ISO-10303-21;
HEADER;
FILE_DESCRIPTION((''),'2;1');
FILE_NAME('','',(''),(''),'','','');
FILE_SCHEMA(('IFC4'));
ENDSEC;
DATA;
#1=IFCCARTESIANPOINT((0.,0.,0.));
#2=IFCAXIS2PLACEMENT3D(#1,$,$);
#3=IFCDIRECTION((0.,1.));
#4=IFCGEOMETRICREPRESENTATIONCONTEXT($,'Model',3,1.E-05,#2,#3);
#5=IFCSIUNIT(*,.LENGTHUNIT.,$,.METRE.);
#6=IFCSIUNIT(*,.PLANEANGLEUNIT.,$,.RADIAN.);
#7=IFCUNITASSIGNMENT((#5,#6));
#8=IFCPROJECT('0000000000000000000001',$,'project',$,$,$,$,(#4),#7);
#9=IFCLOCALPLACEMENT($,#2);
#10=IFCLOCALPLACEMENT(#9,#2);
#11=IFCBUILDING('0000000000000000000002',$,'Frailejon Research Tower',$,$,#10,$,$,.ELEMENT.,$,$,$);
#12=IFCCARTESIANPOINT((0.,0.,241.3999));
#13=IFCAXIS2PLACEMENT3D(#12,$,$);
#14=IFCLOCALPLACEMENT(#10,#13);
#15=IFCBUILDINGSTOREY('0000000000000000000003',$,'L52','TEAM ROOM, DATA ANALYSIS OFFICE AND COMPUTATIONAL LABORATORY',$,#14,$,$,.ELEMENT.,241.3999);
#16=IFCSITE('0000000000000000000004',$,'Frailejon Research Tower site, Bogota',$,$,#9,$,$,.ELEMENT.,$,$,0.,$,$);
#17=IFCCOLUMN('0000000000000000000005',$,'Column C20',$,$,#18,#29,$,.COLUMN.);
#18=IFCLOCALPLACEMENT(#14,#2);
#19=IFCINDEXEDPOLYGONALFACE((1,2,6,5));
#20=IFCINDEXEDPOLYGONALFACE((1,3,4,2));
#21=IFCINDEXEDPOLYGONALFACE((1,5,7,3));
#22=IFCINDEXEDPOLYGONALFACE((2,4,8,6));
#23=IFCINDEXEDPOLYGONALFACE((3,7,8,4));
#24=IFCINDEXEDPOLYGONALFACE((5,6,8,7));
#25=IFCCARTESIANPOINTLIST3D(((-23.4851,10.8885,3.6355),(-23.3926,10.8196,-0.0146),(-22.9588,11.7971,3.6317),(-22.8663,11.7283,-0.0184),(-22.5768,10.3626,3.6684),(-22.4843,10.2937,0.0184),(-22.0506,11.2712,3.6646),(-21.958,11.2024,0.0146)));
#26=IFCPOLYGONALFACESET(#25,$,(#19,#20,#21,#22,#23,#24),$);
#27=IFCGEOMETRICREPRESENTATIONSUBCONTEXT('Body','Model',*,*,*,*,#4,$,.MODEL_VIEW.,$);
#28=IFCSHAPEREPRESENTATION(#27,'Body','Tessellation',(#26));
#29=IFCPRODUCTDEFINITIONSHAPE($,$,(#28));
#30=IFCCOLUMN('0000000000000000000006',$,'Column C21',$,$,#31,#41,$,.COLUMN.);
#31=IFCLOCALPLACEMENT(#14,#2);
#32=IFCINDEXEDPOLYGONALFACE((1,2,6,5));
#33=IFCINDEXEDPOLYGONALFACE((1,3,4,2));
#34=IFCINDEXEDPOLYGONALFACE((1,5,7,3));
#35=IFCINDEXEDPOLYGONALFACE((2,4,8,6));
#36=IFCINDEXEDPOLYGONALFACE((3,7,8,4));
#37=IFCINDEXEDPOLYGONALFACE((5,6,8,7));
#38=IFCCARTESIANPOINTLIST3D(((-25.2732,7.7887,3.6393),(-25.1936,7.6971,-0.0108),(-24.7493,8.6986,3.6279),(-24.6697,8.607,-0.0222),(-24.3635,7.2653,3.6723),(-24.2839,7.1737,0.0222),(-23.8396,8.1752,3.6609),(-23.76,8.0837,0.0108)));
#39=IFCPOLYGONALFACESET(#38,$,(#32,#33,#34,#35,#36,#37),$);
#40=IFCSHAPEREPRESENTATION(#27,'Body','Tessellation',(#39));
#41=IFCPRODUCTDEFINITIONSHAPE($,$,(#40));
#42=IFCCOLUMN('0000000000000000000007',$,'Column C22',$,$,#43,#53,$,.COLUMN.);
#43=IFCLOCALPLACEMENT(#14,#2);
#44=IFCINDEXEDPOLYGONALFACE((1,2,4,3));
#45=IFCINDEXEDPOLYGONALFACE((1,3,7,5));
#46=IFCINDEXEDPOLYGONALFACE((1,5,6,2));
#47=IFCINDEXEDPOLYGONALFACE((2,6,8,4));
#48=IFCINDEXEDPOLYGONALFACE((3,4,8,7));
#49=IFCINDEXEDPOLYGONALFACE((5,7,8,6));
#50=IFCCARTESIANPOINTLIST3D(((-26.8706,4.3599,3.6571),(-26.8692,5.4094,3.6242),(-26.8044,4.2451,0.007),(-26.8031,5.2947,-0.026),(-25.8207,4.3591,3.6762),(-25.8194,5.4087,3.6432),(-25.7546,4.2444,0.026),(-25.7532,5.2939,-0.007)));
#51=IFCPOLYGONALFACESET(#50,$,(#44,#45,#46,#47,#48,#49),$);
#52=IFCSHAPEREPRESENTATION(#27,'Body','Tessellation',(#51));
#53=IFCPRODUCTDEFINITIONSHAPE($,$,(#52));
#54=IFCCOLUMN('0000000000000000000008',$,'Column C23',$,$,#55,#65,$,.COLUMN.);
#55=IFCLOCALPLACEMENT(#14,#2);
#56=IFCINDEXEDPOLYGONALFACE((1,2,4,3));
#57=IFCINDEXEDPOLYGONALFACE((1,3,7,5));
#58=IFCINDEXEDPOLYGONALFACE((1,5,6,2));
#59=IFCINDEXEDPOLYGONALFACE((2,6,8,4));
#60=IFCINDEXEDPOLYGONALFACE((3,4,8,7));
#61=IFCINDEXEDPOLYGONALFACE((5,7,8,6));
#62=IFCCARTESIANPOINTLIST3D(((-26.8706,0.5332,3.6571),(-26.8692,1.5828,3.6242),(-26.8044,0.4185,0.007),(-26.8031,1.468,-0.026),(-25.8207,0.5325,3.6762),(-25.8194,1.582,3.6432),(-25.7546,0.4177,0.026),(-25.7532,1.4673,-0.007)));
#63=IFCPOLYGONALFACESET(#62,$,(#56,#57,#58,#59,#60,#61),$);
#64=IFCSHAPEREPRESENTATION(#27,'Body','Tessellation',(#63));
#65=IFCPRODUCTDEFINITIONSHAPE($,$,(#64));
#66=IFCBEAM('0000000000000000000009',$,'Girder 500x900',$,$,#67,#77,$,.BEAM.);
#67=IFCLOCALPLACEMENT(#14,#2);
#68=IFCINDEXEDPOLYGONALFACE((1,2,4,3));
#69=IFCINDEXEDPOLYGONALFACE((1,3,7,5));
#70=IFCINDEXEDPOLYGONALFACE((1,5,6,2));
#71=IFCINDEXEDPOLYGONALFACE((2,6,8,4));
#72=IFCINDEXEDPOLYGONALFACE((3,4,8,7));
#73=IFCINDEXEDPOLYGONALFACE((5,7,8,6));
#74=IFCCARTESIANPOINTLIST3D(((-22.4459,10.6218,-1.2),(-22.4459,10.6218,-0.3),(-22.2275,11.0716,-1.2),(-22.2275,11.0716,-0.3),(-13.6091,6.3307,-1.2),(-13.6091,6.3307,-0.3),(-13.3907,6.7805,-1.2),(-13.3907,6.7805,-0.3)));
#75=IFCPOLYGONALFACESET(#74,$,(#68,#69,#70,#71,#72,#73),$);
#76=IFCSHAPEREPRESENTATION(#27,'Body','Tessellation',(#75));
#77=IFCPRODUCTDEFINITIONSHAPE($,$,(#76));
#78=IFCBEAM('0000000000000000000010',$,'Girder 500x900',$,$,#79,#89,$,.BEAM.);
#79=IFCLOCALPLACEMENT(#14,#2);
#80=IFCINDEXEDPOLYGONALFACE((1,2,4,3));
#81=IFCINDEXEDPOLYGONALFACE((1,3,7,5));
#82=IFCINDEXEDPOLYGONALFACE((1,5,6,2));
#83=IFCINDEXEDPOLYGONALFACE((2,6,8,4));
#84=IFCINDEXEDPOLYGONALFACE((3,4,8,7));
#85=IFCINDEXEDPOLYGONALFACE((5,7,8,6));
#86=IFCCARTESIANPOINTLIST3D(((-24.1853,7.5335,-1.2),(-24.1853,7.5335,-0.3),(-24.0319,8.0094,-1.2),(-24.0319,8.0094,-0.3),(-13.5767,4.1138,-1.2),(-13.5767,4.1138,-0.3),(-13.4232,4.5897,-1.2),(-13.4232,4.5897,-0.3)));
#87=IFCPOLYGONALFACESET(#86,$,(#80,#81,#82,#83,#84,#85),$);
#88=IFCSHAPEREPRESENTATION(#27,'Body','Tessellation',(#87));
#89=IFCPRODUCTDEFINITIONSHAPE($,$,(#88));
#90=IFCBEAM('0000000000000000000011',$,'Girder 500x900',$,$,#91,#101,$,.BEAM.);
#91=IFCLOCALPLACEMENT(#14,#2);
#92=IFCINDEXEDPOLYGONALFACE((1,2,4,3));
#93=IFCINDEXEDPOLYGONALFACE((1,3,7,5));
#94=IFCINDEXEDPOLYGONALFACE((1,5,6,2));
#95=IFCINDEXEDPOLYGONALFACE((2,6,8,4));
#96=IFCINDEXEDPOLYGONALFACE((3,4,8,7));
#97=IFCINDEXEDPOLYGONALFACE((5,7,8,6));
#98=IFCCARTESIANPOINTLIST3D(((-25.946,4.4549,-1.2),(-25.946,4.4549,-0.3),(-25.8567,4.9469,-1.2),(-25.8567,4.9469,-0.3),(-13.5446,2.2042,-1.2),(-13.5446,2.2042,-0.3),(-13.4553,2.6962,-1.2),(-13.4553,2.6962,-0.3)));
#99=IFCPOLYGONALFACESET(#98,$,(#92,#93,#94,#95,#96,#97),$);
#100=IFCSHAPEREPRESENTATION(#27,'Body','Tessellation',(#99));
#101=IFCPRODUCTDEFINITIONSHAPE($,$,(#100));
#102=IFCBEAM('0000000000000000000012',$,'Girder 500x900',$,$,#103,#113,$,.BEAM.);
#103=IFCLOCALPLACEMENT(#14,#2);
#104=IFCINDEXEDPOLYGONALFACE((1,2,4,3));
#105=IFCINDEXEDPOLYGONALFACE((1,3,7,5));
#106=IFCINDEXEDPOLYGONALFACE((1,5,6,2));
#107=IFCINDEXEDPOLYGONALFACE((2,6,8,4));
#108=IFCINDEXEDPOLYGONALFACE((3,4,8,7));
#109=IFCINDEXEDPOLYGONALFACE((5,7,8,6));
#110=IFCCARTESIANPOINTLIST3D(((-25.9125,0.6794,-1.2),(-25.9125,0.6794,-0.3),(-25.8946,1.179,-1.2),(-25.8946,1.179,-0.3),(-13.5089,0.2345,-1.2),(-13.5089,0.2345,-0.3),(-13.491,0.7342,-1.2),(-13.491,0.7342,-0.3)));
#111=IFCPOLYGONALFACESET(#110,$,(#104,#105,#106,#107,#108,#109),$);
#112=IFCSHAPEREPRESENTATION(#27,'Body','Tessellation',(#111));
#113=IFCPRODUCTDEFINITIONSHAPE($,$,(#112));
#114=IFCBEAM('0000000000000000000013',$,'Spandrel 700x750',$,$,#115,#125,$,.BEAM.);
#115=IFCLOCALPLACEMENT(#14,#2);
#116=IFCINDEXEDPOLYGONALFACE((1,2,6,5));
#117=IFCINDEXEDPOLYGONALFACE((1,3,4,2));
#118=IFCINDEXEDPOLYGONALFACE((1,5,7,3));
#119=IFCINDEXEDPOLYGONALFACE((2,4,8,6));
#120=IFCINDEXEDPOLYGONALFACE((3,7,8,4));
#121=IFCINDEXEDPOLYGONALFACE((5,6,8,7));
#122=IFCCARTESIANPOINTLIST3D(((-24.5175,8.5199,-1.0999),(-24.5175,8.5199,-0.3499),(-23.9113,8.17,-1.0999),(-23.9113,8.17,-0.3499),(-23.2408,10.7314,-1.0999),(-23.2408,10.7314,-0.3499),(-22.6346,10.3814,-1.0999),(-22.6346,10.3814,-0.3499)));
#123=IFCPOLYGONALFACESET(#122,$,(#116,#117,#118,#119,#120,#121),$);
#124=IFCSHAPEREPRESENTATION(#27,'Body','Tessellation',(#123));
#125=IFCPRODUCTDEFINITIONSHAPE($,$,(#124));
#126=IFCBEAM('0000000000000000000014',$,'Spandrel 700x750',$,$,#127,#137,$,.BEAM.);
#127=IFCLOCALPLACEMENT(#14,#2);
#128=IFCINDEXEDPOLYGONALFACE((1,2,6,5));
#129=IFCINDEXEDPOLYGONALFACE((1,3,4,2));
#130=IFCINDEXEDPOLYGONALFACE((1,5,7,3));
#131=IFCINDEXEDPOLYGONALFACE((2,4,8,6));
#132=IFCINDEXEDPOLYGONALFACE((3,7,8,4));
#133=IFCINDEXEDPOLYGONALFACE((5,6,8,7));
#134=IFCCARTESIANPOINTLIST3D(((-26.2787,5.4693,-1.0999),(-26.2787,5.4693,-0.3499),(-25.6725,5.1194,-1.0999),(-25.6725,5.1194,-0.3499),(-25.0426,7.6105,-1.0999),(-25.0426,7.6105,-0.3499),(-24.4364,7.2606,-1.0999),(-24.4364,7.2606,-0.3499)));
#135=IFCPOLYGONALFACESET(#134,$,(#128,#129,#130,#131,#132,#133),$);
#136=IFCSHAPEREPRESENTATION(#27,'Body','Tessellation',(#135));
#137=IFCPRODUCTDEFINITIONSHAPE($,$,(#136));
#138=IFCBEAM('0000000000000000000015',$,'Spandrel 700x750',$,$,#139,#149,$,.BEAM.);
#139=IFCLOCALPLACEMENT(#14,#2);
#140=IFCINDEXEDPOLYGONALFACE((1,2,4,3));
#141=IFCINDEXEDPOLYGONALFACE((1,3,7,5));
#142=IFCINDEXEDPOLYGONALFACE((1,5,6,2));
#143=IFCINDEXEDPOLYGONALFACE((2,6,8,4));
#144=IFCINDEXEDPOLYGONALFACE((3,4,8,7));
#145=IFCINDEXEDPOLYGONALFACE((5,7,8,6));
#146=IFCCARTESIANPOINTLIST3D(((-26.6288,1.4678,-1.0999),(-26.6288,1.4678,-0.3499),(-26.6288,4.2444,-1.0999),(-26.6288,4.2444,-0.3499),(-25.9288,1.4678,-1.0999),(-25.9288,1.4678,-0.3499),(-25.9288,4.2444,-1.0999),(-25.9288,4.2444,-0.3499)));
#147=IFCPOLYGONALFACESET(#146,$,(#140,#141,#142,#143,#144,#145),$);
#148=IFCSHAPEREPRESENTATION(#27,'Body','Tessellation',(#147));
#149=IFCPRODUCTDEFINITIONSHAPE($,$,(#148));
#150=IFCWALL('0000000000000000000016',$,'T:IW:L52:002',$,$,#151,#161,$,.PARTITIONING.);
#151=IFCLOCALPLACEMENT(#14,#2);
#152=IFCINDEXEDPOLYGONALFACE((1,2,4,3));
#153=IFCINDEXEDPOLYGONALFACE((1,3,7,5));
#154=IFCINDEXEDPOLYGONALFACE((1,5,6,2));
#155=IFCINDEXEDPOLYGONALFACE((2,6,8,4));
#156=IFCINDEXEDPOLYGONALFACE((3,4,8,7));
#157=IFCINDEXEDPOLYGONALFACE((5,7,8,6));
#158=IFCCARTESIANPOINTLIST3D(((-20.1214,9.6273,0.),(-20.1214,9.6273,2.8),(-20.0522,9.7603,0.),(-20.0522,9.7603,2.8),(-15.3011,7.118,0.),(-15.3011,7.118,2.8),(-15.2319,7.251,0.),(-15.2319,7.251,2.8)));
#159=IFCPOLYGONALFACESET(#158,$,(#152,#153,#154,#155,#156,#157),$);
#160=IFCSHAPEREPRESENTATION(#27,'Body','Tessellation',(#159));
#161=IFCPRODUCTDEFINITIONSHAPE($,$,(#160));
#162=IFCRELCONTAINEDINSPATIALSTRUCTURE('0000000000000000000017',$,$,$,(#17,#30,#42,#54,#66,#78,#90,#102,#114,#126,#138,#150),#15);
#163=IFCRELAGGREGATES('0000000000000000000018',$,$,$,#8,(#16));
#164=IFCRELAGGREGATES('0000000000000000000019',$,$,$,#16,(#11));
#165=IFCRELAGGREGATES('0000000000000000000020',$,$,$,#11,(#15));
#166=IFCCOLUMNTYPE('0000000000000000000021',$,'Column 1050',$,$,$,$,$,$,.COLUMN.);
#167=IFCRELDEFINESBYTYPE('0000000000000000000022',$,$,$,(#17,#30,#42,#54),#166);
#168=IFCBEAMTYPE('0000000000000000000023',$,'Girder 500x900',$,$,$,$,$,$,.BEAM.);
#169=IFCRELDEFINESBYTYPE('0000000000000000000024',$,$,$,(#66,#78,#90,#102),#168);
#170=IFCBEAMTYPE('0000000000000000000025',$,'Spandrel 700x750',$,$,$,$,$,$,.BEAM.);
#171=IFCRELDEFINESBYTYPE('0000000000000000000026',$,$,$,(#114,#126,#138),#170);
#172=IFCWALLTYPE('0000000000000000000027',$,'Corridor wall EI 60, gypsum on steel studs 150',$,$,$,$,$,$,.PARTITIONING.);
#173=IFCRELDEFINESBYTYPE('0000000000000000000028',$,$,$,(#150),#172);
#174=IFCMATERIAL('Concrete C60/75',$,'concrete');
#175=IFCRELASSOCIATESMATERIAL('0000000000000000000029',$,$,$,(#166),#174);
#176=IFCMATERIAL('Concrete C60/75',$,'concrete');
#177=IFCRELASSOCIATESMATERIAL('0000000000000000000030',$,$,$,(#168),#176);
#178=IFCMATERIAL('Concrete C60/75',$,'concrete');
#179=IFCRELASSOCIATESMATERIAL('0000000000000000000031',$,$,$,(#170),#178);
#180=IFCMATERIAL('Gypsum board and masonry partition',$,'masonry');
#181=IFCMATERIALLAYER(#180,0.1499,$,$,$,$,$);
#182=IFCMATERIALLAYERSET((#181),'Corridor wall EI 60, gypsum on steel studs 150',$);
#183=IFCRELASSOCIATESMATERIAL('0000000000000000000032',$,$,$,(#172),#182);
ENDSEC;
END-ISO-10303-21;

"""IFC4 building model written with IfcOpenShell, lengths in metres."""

from ifc_helpers import new_model, si_unit, direction, frame, frame_2d, origin, origin_2d, place, context, subcontext, project, spatial, rectangle, extrude, material, layer, layer_set, material_profile, profile_set, type_object, element, save


model = new_model("IFC4")

# Units and contexts
model_context = context("Model", 3, precision=1e-05, world=origin(), true_north=direction((0.0, 1.0)))
body_context = subcontext(model_context, "Body", "Model", "MODEL_VIEW")
ifc_project = project(units=[si_unit("LENGTHUNIT", "METRE"), si_unit("PLANEANGLEUNIT", "RADIAN")], contexts=[model_context])

# Site, building, storey
site_placement = place(None, origin())
site = spatial("IfcSite", under=ifc_project, at=site_placement, Name="Frailejon Research Tower site, Bogota", CompositionType="ELEMENT", RefElevation=0.0)
building_placement = place(site_placement, origin())
building = spatial("IfcBuilding", under=site, at=building_placement, Name="Frailejon Research Tower", CompositionType="ELEMENT")
storey_placement = place(building_placement, frame((0.0, 0.0, 241.3999)))
storey = spatial("IfcBuildingStorey", under=building, at=storey_placement, Name="L52", Description="TEAM ROOM, DATA ANALYSIS OFFICE AND COMPUTATIONAL LABORATORY", CompositionType="ELEMENT", Elevation=241.3999)

# Columns
ifc_material_1 = material(Name="Concrete C60/75", Category="concrete")
ifc_material_profile_1 = material_profile(ifc_material_1, rectangle(XDim=1.05, YDim=1.05, at=origin_2d()), Name="Column 1050")
ifc_profile_set_1 = profile_set([ifc_material_profile_1], Name="Concrete C60/75")
column_type = type_object("IfcColumnType", Name="Column 1050", PredefinedType="COLUMN", material=ifc_profile_set_1)
column_1_placement = place(storey_placement, frame((-22.6753, 11.011, 0.0), z_axis=(-0.025337, 0.018852, 0.999501), x_axis=(-0.501176, -0.865338, 0.003617)))
element("IfcColumn", 1, at=column_1_placement, inside=storey, type_object=column_type, Name="Column C20", PredefinedType="COLUMN", context=body_context, shape_type="SweptSolid", body=[
    extrude(rectangle(XDim=1.05, YDim=1.05, at=origin_2d()), origin(), (0.0, 0.0, 1.0), 3.6519),
])
column_2_placement = place(storey_placement, frame((-24.4768, 7.8904, 0.0), z_axis=(-0.021793, 0.025068, 0.999448), x_axis=(-0.498949, -0.866563, 0.010856)))
element("IfcColumn", 2, at=column_2_placement, inside=storey, type_object=column_type, Name="Column C21", PredefinedType="COLUMN", context=body_context, shape_type="SweptSolid", body=[
    extrude(rectangle(XDim=1.05, YDim=1.05, at=origin_2d()), origin(), (0.0, 0.0, 1.0), 3.6521),
])
for number, where, z_axis, x_axis, name in (
    (3, (-26.2788, 4.7695, 0.0), (-0.018114, 0.031415, 0.999342), (-0.001297, -0.999506, 0.031397), "Column C22"),
    (4, (-26.2788, 0.9429, 0.0), (-0.018114, 0.031415, 0.999342), (-0.001297, -0.999506, 0.031397), "Column C23"),
):
    element("IfcColumn", number, at=place(storey_placement, frame(where, z_axis=z_axis, x_axis=x_axis)), inside=storey, type_object=column_type, Name=name, PredefinedType="COLUMN", context=body_context, shape_type="SweptSolid", body=[
        extrude(rectangle(XDim=1.05, YDim=1.05, at=origin_2d()), origin(), (0.0, 0.0, 1.0), 3.6526),
    ])

# Beams
ifc_material_2 = material(Name="Concrete C60/75", Category="concrete")
ifc_material_profile_2 = material_profile(ifc_material_2, rectangle(XDim=0.5, YDim=0.8999, at=origin_2d()), Name="Girder 500x900")
ifc_profile_set_2 = profile_set([ifc_material_profile_2], Name="Concrete C60/75")
beam_type_1 = type_object("IfcBeamType", Name="Girder 500x900", PredefinedType="BEAM", material=ifc_profile_set_2)
beam_1_placement = place(storey_placement, frame((-22.3367, 10.8467, -0.75), z_axis=(0.899551, -0.436815, 0.0), x_axis=(0.436815, 0.899551, 0.0)))
element("IfcBeam", 5, at=beam_1_placement, inside=storey, type_object=beam_type_1, Name="Girder 500x900", PredefinedType="BEAM", context=body_context, shape_type="SweptSolid", body=[
    extrude(rectangle(XDim=0.5, YDim=0.8999, at=origin_2d()), origin(), (0.0, 0.0, 1.0), 9.8235),
])
beam_2_placement = place(storey_placement, frame((-24.1086, 7.7715, -0.75), z_axis=(0.951773, -0.306802, 0.0), x_axis=(0.306802, 0.951773, 0.0)))
element("IfcBeam", 6, at=beam_2_placement, inside=storey, type_object=beam_type_1, Name="Girder 500x900", PredefinedType="BEAM", context=body_context, shape_type="SweptSolid", body=[
    extrude(rectangle(XDim=0.5, YDim=0.8999, at=origin_2d()), origin(), (0.0, 0.0, 1.0), 11.1462),
])
beam_3_placement = place(storey_placement, frame((-25.9014, 4.7009, -0.75), z_axis=(0.983927, -0.178573, 0.0), x_axis=(0.178573, 0.983927, 0.0)))
element("IfcBeam", 7, at=beam_3_placement, inside=storey, type_object=beam_type_1, Name="Girder 500x900", PredefinedType="BEAM", context=body_context, shape_type="SweptSolid", body=[
    extrude(rectangle(XDim=0.5, YDim=0.8999, at=origin_2d()), origin(), (0.0, 0.0, 1.0), 12.604),
])
beam_4_placement = place(storey_placement, frame((-25.9036, 0.9292, -0.75), z_axis=(0.999358, -0.03584, 0.0), x_axis=(0.03584, 0.999358, 0.0)))
element("IfcBeam", 8, at=beam_4_placement, inside=storey, type_object=beam_type_1, Name="Girder 500x900", PredefinedType="BEAM", context=body_context, shape_type="SweptSolid", body=[
    extrude(rectangle(XDim=0.5, YDim=0.8999, at=origin_2d()), origin(), (0.0, 0.0, 1.0), 12.4116),
])
ifc_material_3 = material(Name="Concrete C60/75", Category="concrete")
ifc_material_profile_3 = material_profile(ifc_material_3, rectangle(XDim=0.7, YDim=0.75, at=origin_2d()), Name="Spandrel 700x750")
ifc_profile_set_3 = profile_set([ifc_material_profile_3], Name="Concrete C60/75")
beam_type_2 = type_object("IfcBeamType", Name="Spandrel 700x750", PredefinedType="BEAM", material=ifc_profile_set_3)
beam_5_placement = place(storey_placement, frame((-22.9377, 10.5564, -0.7249), z_axis=(-0.499954, -0.866052, 0.0), x_axis=(0.866052, -0.499954, 0.0)))
element("IfcBeam", 9, at=beam_5_placement, inside=storey, type_object=beam_type_2, Name="Spandrel 700x750", PredefinedType="BEAM", context=body_context, shape_type="SweptSolid", body=[
    extrude(rectangle(XDim=0.7, YDim=0.75, at=origin_2d()), origin(), (0.0, 0.0, 1.0), 2.5535),
])
beam_6_placement = place(storey_placement, frame((-24.7395, 7.4355, -0.7249), z_axis=(-0.499973, -0.866041, 0.0), x_axis=(0.866041, -0.499973, 0.0)))
element("IfcBeam", 10, at=beam_6_placement, inside=storey, type_object=beam_type_2, Name="Spandrel 700x750", PredefinedType="BEAM", context=body_context, shape_type="SweptSolid", body=[
    extrude(rectangle(XDim=0.7, YDim=0.75, at=origin_2d()), origin(), (0.0, 0.0, 1.0), 2.4724),
])
beam_7_placement = place(storey_placement, frame((-26.2788, 4.2444, -0.7249), z_axis=(0.0, -1.0, 0.0), x_axis=(1.0, 0.0, 0.0)))
element("IfcBeam", 11, at=beam_7_placement, inside=storey, type_object=beam_type_2, Name="Spandrel 700x750", PredefinedType="BEAM", context=body_context, shape_type="SweptSolid", body=[
    extrude(rectangle(XDim=0.7, YDim=0.75, at=origin_2d()), origin(), (0.0, 0.0, 1.0), 2.7766),
])

# Wall
ifc_material_4 = material(Name="Gypsum board and masonry partition", Category="masonry")
ifc_layer_1 = layer(ifc_material_4, 0.1499)
ifc_layer_set_1 = layer_set([ifc_layer_1], Name="Corridor wall EI 60, gypsum on steel studs 150")
wall_type_1 = type_object("IfcWallType", Name="Corridor wall EI 60, gypsum on steel studs 150", PredefinedType="PARTITIONING", material=ifc_layer_set_1)
wall_1_placement = place(storey_placement, frame((-20.0869, 9.6938, 0.0), z_axis=(0.0, 0.0, 1.0), x_axis=(0.887012, -0.461746, 0.0)))
element("IfcWall", 12, at=wall_1_placement, inside=storey, type_object=wall_type_1, Name="T:IW:L52:002", PredefinedType="PARTITIONING", context=body_context, shape_type="SweptSolid", body=[
    extrude(rectangle(XDim=5.4343, YDim=0.1499, at=frame_2d((2.7173, 0.0))), origin(), (0.0, 0.0, 1.0), 2.8),
])

save(model, "model.ifc")
